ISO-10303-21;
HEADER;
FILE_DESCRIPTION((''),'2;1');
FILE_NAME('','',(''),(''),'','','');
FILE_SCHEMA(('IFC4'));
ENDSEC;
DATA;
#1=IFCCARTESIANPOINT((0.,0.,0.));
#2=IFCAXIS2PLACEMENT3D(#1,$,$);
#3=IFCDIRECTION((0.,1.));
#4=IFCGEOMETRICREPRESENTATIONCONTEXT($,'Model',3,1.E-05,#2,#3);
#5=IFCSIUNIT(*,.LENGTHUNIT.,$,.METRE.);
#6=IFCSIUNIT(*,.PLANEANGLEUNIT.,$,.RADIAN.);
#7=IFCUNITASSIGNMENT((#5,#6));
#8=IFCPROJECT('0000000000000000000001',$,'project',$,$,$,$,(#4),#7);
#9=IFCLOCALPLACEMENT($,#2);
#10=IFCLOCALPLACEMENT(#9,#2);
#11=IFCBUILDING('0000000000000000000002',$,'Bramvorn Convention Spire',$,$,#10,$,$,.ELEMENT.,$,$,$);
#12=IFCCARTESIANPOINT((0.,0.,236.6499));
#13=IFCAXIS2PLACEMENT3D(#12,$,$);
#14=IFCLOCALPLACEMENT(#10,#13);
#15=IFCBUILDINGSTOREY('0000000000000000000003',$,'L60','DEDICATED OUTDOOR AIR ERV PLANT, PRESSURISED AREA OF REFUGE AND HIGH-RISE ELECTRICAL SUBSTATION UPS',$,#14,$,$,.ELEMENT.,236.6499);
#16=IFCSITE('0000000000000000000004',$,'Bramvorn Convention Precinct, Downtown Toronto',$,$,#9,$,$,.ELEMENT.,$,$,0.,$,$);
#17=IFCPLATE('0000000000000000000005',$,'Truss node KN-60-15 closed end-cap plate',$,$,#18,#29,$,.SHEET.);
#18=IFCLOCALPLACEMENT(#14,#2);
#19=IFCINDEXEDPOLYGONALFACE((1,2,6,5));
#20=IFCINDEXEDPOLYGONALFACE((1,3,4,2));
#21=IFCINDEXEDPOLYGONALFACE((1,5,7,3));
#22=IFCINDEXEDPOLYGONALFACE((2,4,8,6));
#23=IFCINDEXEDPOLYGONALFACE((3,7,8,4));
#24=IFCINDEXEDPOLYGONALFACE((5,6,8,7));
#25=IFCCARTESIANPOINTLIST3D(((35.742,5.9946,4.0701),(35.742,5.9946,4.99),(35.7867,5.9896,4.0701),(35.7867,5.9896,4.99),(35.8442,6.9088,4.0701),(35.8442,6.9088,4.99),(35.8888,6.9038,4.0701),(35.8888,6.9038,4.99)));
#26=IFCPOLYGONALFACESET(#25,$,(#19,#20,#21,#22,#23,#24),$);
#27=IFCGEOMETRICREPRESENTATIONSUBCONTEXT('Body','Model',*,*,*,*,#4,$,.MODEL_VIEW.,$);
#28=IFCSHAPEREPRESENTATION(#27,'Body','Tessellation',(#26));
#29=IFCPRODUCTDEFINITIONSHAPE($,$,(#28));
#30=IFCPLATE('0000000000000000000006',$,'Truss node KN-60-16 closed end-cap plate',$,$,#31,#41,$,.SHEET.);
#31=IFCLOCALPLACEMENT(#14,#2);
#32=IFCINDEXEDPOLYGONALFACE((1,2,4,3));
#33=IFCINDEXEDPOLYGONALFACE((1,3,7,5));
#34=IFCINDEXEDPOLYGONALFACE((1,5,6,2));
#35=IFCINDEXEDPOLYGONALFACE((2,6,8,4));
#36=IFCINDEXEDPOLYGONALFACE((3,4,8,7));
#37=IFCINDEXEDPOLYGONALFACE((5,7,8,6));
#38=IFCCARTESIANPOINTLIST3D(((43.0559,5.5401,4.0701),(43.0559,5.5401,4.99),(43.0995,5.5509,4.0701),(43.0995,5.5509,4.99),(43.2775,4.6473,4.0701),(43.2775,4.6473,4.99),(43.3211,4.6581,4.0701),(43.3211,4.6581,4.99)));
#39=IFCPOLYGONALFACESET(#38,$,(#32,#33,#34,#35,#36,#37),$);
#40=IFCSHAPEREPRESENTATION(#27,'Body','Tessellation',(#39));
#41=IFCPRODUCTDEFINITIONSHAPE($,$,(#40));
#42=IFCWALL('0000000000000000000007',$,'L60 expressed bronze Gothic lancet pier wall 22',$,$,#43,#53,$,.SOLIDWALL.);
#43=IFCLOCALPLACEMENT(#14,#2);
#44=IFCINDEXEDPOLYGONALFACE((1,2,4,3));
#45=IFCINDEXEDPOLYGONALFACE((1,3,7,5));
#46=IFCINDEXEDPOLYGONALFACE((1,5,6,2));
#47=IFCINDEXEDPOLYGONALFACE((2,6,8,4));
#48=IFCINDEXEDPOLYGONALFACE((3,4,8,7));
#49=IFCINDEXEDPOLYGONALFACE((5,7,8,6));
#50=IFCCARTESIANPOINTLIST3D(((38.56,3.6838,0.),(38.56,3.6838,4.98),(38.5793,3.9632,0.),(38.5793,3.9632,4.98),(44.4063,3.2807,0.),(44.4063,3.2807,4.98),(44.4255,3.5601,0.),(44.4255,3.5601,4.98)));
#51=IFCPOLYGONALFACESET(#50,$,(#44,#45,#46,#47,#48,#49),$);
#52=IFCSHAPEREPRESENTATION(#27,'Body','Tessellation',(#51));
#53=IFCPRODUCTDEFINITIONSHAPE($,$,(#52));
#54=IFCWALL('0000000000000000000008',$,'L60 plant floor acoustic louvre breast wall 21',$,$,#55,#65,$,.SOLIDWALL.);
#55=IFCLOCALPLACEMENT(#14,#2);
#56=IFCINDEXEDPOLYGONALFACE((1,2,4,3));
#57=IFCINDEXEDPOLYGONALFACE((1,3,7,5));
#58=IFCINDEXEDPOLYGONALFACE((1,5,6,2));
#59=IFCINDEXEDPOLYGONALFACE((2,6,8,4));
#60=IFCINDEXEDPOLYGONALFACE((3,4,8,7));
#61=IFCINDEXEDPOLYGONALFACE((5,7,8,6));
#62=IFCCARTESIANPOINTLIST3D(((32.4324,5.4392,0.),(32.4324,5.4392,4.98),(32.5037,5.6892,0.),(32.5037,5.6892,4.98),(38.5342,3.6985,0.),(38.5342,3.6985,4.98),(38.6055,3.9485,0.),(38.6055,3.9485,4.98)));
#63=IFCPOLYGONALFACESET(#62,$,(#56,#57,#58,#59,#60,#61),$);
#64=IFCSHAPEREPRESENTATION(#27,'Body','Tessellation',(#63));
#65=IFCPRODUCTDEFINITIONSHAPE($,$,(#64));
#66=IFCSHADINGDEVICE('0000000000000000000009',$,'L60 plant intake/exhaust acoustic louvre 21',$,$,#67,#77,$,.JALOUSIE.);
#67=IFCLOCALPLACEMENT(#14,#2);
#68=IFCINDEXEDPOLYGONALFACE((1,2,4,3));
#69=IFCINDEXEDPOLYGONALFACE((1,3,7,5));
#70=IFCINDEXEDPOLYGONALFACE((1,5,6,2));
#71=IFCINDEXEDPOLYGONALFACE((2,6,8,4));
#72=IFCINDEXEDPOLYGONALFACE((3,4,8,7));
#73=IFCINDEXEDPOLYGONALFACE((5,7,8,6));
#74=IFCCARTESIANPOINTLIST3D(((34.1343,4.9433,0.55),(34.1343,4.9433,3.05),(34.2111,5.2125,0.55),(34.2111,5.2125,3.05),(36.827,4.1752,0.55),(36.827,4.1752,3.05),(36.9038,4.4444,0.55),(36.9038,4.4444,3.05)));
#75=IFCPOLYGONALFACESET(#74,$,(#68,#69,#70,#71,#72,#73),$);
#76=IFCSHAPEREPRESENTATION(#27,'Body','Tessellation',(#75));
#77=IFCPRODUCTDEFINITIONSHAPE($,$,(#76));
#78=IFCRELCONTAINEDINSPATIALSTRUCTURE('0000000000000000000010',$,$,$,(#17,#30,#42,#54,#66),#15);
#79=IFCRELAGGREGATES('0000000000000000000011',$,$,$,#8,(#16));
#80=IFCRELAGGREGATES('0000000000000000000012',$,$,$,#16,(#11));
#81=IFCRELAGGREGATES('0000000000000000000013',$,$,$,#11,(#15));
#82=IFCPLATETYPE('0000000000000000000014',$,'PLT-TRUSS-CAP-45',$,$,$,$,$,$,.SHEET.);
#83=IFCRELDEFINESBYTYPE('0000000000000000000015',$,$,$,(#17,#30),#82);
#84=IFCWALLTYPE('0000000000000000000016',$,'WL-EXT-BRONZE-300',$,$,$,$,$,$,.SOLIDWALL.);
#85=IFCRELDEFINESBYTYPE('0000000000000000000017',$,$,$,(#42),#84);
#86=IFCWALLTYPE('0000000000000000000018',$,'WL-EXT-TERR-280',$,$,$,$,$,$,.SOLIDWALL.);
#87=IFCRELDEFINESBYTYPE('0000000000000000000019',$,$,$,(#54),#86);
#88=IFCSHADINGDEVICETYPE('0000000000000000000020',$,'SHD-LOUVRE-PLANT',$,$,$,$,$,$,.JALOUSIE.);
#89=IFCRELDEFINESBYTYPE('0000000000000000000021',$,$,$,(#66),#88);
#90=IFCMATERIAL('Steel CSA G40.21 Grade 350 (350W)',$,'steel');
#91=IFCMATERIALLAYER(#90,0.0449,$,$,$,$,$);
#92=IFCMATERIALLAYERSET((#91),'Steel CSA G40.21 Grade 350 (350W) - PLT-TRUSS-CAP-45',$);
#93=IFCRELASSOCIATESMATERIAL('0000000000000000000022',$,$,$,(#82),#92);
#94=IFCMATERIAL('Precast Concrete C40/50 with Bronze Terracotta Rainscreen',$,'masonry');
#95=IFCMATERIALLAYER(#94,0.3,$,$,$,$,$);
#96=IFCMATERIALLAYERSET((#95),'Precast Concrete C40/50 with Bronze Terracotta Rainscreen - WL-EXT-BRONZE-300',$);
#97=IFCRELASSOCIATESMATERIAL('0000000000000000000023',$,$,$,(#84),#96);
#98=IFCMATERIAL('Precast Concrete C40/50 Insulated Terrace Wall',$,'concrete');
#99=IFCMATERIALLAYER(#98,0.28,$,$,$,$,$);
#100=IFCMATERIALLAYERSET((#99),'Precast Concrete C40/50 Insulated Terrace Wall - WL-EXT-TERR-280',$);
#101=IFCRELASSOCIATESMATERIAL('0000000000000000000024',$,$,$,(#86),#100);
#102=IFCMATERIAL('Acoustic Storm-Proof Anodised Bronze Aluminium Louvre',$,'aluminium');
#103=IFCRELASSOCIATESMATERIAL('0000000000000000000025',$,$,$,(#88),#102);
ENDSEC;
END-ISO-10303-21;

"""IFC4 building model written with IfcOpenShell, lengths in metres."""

from ifc_helpers import new_model, si_unit, direction, frame, frame_2d, origin, origin_2d, place, context, subcontext, project, spatial, rectangle, extrude, material, layer, layer_set, type_object, element, save


model = new_model("IFC4")

# Units and contexts
model_context = context("Model", 3, precision=1e-05, world=origin(), true_north=direction((0.0, 1.0)))
body_context = subcontext(model_context, "Body", "Model", "MODEL_VIEW")
ifc_project = project(units=[si_unit("LENGTHUNIT", "METRE"), si_unit("PLANEANGLEUNIT", "RADIAN")], contexts=[model_context])

# Site, building, storey
site_placement = place(None, origin())
site = spatial("IfcSite", under=ifc_project, at=site_placement, Name="Bramvorn Convention Precinct, Downtown Toronto", CompositionType="ELEMENT", RefElevation=0.0)
building_placement = place(site_placement, origin())
building = spatial("IfcBuilding", under=site, at=building_placement, Name="Bramvorn Convention Spire", CompositionType="ELEMENT")
storey_placement = place(building_placement, frame((0.0, 0.0, 236.6499)))
storey = spatial("IfcBuildingStorey", under=building, at=storey_placement, Name="L60", Description="DEDICATED OUTDOOR AIR ERV PLANT, PRESSURISED AREA OF REFUGE AND HIGH-RISE ELECTRICAL SUBSTATION UPS", CompositionType="ELEMENT", Elevation=236.6499)

# Shared definitions
ifc_material_1 = material(Name="Steel CSA G40.21 Grade 350 (350W)", Category="steel")

# Plates
ifc_layer_1 = layer(ifc_material_1, 0.0449)
ifc_layer_set_1 = layer_set([ifc_layer_1], Name="Steel CSA G40.21 Grade 350 (350W) - PLT-TRUSS-CAP-45")
plate_type_1 = type_object("IfcPlateType", Name="PLT-TRUSS-CAP-45", PredefinedType="SHEET", material=ifc_layer_set_1)
for number, where, z_axis, x_axis, name in (
    (1, (35.8154, 6.4492, 4.0701), (0.0, 0.0, 1.0), (-0.111044, -0.993816, 0.0), "Truss node KN-60-15 closed end-cap plate"),
    (2, (43.1885, 5.0991, 4.0701), (0.0, 0.0, 1.0), (0.24093, -0.970542, 0.0), "Truss node KN-60-16 closed end-cap plate"),
):
    element("IfcPlate", number, at=place(storey_placement, frame(where, z_axis=z_axis, x_axis=x_axis)), inside=storey, type_object=plate_type_1, Name=name, PredefinedType="SHEET", context=body_context, shape_type="SweptSolid", body=[
        extrude(rectangle(XDim=0.9199, YDim=0.0449, at=origin_2d()), origin(), (0.0, 0.0, 1.0), 0.9199),
    ])

# Walls
ifc_material_2 = material(Name="Precast Concrete C40/50 with Bronze Terracotta Rainscreen", Category="masonry")
ifc_layer_2 = layer(ifc_material_2, 0.3)
ifc_layer_set_2 = layer_set([ifc_layer_2], Name="Precast Concrete C40/50 with Bronze Terracotta Rainscreen - WL-EXT-BRONZE-300")
wall_type_1 = type_object("IfcWallType", Name="WL-EXT-BRONZE-300", PredefinedType="SOLIDWALL", material=ifc_layer_set_2)
wall_1_placement = place(storey_placement, frame((44.416, 3.4204, 0.0), z_axis=(0.0, 0.0, 1.0), x_axis=(-0.997632, 0.068784, 0.0)))
element("IfcWall", 3, at=wall_1_placement, inside=storey, type_object=wall_type_1, Name="L60 expressed bronze Gothic lancet pier wall 22", PredefinedType="SOLIDWALL", context=body_context, shape_type="SweptSolid", body=[
    extrude(rectangle(XDim=5.8601, YDim=0.28, at=frame_2d((2.9302, 0.0))), origin(), (0.0, 0.0, 1.0), 4.98),
])
ifc_material_3 = material(Name="Precast Concrete C40/50 Insulated Terrace Wall", Category="concrete")
ifc_layer_3 = layer(ifc_material_3, 0.28)
ifc_layer_set_3 = layer_set([ifc_layer_3], Name="Precast Concrete C40/50 Insulated Terrace Wall - WL-EXT-TERR-280")
wall_type_2 = type_object("IfcWallType", Name="WL-EXT-TERR-280", PredefinedType="SOLIDWALL", material=ifc_layer_set_3)
wall_2_placement = place(storey_placement, frame((38.5698, 3.8235, 0.0), z_axis=(0.0, 0.0, 1.0), x_axis=(-0.961634, 0.274335, 0.0)))
element("IfcWall", 4, at=wall_2_placement, inside=storey, type_object=wall_type_2, Name="L60 plant floor acoustic louvre breast wall 21", PredefinedType="SOLIDWALL", context=body_context, shape_type="SweptSolid", body=[
    extrude(rectangle(XDim=6.3452, YDim=0.26, at=frame_2d((3.1726, 0.0))), origin(), (0.0, 0.0, 1.0), 4.98),
])

# Shading device
ifc_material_4 = material(Name="Acoustic Storm-Proof Anodised Bronze Aluminium Louvre", Category="aluminium")
shading_device_type = type_object("IfcShadingDeviceType", Name="SHD-LOUVRE-PLANT", PredefinedType="JALOUSIE", material=ifc_material_4)
shading_device_placement = place(storey_placement, frame((35.519, 4.6938, 0.55), z_axis=(0.0, 0.0, 1.0), x_axis=(-0.961639, 0.274317, 0.0)))
element("IfcShadingDevice", 5, at=shading_device_placement, inside=storey, type_object=shading_device_type, Name="L60 plant intake/exhaust acoustic louvre 21", PredefinedType="JALOUSIE", context=body_context, shape_type="SweptSolid", body=[
    extrude(rectangle(XDim=2.8, YDim=0.28, at=origin_2d()), origin(), (0.0, 0.0, 1.0), 2.5),
])

save(model, "model.ifc")
